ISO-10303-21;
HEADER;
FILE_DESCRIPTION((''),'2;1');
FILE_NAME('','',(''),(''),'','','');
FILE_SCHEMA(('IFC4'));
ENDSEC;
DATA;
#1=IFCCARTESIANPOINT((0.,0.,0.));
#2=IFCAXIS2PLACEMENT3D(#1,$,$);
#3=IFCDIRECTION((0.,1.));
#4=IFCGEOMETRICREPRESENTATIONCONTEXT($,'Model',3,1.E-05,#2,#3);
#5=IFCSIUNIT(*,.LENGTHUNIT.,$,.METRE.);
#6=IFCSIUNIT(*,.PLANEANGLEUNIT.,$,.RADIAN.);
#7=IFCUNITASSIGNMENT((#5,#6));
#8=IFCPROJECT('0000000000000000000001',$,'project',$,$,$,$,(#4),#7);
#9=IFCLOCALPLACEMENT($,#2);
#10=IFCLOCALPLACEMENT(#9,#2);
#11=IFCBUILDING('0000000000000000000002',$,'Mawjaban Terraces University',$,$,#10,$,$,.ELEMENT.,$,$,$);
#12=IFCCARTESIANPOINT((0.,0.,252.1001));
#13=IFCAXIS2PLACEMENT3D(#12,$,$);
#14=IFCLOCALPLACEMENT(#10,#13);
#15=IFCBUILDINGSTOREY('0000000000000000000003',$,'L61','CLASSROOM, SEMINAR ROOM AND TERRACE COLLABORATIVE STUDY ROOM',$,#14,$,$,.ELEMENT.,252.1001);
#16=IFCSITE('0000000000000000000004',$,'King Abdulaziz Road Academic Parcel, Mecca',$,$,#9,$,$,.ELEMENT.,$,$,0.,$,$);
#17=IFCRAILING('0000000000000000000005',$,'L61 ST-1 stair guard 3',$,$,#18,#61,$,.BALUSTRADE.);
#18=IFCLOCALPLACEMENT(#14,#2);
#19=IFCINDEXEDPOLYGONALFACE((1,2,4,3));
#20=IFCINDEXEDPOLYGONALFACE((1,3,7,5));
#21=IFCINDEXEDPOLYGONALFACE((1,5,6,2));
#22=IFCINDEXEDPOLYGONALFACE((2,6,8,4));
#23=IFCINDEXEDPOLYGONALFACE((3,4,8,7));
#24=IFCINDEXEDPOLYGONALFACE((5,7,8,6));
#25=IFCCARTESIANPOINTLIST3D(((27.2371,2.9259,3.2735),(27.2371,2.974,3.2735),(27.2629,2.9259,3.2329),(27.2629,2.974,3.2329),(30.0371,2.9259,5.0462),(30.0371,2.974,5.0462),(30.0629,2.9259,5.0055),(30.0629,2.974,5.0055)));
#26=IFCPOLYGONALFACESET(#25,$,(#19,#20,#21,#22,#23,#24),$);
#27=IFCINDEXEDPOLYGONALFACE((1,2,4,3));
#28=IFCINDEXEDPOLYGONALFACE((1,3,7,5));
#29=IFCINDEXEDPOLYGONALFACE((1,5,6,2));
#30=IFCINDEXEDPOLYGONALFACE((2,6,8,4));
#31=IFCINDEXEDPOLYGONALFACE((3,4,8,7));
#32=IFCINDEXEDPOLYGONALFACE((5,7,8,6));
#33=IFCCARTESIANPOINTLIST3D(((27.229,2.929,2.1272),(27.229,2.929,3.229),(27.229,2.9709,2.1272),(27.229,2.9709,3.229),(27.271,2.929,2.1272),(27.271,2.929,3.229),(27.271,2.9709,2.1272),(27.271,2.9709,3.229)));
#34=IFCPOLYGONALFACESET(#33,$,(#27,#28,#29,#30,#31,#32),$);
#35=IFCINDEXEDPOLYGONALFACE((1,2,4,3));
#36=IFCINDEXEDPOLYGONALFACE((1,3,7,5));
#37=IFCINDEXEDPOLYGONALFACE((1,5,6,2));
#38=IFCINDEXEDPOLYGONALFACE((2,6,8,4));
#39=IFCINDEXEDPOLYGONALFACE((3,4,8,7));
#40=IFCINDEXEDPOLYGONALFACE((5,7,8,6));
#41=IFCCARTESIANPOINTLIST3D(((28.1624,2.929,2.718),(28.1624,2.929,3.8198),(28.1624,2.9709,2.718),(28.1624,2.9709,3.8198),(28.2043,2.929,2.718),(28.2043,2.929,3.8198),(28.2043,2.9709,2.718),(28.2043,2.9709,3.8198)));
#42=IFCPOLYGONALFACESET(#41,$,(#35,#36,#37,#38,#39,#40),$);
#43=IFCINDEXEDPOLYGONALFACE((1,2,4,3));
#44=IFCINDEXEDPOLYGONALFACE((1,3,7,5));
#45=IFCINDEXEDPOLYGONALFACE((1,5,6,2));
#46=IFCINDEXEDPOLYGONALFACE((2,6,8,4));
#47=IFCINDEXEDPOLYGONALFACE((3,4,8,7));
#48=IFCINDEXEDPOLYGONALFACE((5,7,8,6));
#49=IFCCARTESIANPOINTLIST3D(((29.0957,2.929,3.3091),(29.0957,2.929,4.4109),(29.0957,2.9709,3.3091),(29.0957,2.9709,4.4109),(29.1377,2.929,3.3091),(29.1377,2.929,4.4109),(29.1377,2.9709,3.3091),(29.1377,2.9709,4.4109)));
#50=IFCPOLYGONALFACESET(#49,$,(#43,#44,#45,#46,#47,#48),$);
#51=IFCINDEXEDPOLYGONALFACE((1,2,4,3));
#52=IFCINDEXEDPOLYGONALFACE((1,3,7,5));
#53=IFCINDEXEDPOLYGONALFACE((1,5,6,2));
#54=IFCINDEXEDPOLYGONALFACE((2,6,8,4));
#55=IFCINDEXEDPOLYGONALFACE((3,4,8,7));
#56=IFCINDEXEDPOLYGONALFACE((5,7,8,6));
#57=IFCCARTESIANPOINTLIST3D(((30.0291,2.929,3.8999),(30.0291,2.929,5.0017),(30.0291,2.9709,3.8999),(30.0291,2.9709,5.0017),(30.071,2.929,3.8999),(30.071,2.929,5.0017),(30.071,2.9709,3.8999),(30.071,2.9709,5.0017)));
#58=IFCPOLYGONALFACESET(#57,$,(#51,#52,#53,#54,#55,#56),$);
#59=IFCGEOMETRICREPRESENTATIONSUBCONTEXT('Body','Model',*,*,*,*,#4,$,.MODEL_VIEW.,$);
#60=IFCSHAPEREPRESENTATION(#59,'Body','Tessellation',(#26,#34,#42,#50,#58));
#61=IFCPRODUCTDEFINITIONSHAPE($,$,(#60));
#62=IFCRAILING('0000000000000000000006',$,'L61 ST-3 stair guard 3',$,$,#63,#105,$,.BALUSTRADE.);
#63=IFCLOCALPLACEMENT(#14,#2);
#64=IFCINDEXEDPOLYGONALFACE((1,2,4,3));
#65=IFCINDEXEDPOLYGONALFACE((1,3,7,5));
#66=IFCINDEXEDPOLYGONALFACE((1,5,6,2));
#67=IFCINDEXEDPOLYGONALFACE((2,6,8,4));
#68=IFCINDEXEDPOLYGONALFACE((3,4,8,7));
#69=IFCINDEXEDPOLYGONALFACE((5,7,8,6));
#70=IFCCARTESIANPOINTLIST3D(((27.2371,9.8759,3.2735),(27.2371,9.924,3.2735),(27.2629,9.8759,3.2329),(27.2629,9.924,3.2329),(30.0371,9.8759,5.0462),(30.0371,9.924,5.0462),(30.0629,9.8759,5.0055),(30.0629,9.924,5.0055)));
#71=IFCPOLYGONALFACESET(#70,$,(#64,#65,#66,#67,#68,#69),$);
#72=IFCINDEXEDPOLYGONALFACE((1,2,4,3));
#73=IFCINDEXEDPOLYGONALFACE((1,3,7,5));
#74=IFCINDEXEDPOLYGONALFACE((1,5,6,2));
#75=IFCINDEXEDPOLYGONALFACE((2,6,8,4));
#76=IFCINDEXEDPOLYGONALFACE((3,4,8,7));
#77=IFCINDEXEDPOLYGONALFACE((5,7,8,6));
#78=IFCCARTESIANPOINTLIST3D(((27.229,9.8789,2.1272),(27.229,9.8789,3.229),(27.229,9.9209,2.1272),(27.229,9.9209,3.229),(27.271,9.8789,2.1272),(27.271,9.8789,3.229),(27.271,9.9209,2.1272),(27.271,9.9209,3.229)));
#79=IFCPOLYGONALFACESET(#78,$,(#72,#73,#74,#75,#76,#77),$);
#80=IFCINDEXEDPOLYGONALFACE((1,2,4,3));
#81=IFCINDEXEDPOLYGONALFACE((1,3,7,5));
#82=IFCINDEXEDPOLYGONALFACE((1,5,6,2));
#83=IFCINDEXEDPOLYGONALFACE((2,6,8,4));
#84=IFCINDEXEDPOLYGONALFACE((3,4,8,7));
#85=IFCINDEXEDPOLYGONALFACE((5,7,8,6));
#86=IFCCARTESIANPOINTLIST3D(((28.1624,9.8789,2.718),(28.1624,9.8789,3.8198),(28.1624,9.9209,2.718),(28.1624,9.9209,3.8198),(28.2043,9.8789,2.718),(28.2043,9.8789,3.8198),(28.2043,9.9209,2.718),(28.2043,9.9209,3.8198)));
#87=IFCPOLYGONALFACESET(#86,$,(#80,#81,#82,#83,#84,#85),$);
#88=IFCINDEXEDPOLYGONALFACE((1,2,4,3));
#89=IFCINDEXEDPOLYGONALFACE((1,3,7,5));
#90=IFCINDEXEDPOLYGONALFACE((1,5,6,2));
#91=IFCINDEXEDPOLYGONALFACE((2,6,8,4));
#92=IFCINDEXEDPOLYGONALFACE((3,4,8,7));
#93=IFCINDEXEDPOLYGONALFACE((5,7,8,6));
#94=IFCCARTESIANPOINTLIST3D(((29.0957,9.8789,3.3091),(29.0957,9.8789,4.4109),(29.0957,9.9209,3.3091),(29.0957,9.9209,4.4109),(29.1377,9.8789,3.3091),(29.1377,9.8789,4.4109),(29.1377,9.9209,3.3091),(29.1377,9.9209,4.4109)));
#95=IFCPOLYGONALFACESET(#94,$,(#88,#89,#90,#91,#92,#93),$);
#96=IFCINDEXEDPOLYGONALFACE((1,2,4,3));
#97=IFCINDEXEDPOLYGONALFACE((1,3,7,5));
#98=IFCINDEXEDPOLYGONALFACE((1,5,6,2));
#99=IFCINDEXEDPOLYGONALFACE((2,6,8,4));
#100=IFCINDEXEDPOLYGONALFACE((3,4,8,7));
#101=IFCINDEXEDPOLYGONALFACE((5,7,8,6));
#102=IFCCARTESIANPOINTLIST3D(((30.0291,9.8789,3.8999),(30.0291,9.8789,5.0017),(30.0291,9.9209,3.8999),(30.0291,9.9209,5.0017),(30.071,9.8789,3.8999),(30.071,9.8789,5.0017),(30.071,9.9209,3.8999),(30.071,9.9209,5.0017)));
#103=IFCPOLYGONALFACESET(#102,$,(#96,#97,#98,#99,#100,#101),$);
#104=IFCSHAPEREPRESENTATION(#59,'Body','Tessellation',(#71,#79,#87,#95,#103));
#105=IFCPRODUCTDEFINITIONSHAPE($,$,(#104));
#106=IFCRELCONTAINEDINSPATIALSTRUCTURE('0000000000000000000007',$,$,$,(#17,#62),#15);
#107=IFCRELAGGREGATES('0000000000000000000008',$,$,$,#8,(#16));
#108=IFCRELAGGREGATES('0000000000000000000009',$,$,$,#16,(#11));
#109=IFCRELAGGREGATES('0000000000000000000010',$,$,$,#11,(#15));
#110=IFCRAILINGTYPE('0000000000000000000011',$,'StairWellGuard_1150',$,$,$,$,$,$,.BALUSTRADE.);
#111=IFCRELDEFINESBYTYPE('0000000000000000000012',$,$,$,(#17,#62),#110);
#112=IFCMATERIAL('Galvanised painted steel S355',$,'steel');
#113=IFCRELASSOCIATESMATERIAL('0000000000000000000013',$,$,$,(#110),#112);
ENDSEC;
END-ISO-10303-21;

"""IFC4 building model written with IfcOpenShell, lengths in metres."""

from ifc_helpers import new_model, si_unit, direction, frame, origin, origin_2d, place, context, subcontext, project, spatial, rectangle, extrude, material, type_object, element, save


model = new_model("IFC4")

# Units and contexts
model_context = context("Model", 3, precision=1e-05, world=origin(), true_north=direction((0.0, 1.0)))
body_context = subcontext(model_context, "Body", "Model", "MODEL_VIEW")
ifc_project = project(units=[si_unit("LENGTHUNIT", "METRE"), si_unit("PLANEANGLEUNIT", "RADIAN")], contexts=[model_context])

# Site, building, storey
site_placement = place(None, origin())
site = spatial("IfcSite", under=ifc_project, at=site_placement, Name="King Abdulaziz Road Academic Parcel, Mecca", CompositionType="ELEMENT", RefElevation=0.0)
building_placement = place(site_placement, origin())
building = spatial("IfcBuilding", under=site, at=building_placement, Name="Mawjaban Terraces University", CompositionType="ELEMENT")
storey_placement = place(building_placement, frame((0.0, 0.0, 252.1001)))
storey = spatial("IfcBuildingStorey", under=building, at=storey_placement, Name="L61", Description="CLASSROOM, SEMINAR ROOM AND TERRACE COLLABORATIVE STUDY ROOM", CompositionType="ELEMENT", Elevation=252.1001)

# Railings
ifc_material_1 = material(Name="Galvanised painted steel S355", Category="steel")
railing_type_1 = type_object("IfcRailingType", Name="StairWellGuard_1150", PredefinedType="BALUSTRADE", material=ifc_material_1)
for number, where, name in (
    (1, (27.25, 2.95, 2.1272), "L61 ST-1 stair guard 3"),
    (2, (27.25, 9.8999, 2.1272), "L61 ST-3 stair guard 3"),
):
    element("IfcRailing", number, at=place(storey_placement, frame(where)), inside=storey, type_object=railing_type_1, Name=name, PredefinedType="BALUSTRADE", context=body_context, shape_type="SweptSolid", body=[
        extrude(rectangle(XDim=0.0481, YDim=0.0481, at=origin_2d()), frame((0.0, 0.0, 1.126), z_axis=(0.844909, 0.0, 0.53491), x_axis=(0.0, 1.0, 0.0)), (0.0, 0.0, 1.0), 3.314),
        extrude(rectangle(XDim=0.042, YDim=0.042, at=origin_2d()), origin(), (0.0, 0.0, 1.0), 1.1018),
        extrude(rectangle(XDim=0.042, YDim=0.042, at=origin_2d()), frame((0.9333, 0.0, 0.5908)), (0.0, 0.0, 1.0), 1.1018),
        extrude(rectangle(XDim=0.042, YDim=0.042, at=origin_2d()), frame((1.8667, 0.0, 1.1819)), (0.0, 0.0, 1.0), 1.1018),
        extrude(rectangle(XDim=0.042, YDim=0.042, at=origin_2d()), frame((2.8, 0.0, 1.7727)), (0.0, 0.0, 1.0), 1.1018),
    ])

save(model, "model.ifc")
